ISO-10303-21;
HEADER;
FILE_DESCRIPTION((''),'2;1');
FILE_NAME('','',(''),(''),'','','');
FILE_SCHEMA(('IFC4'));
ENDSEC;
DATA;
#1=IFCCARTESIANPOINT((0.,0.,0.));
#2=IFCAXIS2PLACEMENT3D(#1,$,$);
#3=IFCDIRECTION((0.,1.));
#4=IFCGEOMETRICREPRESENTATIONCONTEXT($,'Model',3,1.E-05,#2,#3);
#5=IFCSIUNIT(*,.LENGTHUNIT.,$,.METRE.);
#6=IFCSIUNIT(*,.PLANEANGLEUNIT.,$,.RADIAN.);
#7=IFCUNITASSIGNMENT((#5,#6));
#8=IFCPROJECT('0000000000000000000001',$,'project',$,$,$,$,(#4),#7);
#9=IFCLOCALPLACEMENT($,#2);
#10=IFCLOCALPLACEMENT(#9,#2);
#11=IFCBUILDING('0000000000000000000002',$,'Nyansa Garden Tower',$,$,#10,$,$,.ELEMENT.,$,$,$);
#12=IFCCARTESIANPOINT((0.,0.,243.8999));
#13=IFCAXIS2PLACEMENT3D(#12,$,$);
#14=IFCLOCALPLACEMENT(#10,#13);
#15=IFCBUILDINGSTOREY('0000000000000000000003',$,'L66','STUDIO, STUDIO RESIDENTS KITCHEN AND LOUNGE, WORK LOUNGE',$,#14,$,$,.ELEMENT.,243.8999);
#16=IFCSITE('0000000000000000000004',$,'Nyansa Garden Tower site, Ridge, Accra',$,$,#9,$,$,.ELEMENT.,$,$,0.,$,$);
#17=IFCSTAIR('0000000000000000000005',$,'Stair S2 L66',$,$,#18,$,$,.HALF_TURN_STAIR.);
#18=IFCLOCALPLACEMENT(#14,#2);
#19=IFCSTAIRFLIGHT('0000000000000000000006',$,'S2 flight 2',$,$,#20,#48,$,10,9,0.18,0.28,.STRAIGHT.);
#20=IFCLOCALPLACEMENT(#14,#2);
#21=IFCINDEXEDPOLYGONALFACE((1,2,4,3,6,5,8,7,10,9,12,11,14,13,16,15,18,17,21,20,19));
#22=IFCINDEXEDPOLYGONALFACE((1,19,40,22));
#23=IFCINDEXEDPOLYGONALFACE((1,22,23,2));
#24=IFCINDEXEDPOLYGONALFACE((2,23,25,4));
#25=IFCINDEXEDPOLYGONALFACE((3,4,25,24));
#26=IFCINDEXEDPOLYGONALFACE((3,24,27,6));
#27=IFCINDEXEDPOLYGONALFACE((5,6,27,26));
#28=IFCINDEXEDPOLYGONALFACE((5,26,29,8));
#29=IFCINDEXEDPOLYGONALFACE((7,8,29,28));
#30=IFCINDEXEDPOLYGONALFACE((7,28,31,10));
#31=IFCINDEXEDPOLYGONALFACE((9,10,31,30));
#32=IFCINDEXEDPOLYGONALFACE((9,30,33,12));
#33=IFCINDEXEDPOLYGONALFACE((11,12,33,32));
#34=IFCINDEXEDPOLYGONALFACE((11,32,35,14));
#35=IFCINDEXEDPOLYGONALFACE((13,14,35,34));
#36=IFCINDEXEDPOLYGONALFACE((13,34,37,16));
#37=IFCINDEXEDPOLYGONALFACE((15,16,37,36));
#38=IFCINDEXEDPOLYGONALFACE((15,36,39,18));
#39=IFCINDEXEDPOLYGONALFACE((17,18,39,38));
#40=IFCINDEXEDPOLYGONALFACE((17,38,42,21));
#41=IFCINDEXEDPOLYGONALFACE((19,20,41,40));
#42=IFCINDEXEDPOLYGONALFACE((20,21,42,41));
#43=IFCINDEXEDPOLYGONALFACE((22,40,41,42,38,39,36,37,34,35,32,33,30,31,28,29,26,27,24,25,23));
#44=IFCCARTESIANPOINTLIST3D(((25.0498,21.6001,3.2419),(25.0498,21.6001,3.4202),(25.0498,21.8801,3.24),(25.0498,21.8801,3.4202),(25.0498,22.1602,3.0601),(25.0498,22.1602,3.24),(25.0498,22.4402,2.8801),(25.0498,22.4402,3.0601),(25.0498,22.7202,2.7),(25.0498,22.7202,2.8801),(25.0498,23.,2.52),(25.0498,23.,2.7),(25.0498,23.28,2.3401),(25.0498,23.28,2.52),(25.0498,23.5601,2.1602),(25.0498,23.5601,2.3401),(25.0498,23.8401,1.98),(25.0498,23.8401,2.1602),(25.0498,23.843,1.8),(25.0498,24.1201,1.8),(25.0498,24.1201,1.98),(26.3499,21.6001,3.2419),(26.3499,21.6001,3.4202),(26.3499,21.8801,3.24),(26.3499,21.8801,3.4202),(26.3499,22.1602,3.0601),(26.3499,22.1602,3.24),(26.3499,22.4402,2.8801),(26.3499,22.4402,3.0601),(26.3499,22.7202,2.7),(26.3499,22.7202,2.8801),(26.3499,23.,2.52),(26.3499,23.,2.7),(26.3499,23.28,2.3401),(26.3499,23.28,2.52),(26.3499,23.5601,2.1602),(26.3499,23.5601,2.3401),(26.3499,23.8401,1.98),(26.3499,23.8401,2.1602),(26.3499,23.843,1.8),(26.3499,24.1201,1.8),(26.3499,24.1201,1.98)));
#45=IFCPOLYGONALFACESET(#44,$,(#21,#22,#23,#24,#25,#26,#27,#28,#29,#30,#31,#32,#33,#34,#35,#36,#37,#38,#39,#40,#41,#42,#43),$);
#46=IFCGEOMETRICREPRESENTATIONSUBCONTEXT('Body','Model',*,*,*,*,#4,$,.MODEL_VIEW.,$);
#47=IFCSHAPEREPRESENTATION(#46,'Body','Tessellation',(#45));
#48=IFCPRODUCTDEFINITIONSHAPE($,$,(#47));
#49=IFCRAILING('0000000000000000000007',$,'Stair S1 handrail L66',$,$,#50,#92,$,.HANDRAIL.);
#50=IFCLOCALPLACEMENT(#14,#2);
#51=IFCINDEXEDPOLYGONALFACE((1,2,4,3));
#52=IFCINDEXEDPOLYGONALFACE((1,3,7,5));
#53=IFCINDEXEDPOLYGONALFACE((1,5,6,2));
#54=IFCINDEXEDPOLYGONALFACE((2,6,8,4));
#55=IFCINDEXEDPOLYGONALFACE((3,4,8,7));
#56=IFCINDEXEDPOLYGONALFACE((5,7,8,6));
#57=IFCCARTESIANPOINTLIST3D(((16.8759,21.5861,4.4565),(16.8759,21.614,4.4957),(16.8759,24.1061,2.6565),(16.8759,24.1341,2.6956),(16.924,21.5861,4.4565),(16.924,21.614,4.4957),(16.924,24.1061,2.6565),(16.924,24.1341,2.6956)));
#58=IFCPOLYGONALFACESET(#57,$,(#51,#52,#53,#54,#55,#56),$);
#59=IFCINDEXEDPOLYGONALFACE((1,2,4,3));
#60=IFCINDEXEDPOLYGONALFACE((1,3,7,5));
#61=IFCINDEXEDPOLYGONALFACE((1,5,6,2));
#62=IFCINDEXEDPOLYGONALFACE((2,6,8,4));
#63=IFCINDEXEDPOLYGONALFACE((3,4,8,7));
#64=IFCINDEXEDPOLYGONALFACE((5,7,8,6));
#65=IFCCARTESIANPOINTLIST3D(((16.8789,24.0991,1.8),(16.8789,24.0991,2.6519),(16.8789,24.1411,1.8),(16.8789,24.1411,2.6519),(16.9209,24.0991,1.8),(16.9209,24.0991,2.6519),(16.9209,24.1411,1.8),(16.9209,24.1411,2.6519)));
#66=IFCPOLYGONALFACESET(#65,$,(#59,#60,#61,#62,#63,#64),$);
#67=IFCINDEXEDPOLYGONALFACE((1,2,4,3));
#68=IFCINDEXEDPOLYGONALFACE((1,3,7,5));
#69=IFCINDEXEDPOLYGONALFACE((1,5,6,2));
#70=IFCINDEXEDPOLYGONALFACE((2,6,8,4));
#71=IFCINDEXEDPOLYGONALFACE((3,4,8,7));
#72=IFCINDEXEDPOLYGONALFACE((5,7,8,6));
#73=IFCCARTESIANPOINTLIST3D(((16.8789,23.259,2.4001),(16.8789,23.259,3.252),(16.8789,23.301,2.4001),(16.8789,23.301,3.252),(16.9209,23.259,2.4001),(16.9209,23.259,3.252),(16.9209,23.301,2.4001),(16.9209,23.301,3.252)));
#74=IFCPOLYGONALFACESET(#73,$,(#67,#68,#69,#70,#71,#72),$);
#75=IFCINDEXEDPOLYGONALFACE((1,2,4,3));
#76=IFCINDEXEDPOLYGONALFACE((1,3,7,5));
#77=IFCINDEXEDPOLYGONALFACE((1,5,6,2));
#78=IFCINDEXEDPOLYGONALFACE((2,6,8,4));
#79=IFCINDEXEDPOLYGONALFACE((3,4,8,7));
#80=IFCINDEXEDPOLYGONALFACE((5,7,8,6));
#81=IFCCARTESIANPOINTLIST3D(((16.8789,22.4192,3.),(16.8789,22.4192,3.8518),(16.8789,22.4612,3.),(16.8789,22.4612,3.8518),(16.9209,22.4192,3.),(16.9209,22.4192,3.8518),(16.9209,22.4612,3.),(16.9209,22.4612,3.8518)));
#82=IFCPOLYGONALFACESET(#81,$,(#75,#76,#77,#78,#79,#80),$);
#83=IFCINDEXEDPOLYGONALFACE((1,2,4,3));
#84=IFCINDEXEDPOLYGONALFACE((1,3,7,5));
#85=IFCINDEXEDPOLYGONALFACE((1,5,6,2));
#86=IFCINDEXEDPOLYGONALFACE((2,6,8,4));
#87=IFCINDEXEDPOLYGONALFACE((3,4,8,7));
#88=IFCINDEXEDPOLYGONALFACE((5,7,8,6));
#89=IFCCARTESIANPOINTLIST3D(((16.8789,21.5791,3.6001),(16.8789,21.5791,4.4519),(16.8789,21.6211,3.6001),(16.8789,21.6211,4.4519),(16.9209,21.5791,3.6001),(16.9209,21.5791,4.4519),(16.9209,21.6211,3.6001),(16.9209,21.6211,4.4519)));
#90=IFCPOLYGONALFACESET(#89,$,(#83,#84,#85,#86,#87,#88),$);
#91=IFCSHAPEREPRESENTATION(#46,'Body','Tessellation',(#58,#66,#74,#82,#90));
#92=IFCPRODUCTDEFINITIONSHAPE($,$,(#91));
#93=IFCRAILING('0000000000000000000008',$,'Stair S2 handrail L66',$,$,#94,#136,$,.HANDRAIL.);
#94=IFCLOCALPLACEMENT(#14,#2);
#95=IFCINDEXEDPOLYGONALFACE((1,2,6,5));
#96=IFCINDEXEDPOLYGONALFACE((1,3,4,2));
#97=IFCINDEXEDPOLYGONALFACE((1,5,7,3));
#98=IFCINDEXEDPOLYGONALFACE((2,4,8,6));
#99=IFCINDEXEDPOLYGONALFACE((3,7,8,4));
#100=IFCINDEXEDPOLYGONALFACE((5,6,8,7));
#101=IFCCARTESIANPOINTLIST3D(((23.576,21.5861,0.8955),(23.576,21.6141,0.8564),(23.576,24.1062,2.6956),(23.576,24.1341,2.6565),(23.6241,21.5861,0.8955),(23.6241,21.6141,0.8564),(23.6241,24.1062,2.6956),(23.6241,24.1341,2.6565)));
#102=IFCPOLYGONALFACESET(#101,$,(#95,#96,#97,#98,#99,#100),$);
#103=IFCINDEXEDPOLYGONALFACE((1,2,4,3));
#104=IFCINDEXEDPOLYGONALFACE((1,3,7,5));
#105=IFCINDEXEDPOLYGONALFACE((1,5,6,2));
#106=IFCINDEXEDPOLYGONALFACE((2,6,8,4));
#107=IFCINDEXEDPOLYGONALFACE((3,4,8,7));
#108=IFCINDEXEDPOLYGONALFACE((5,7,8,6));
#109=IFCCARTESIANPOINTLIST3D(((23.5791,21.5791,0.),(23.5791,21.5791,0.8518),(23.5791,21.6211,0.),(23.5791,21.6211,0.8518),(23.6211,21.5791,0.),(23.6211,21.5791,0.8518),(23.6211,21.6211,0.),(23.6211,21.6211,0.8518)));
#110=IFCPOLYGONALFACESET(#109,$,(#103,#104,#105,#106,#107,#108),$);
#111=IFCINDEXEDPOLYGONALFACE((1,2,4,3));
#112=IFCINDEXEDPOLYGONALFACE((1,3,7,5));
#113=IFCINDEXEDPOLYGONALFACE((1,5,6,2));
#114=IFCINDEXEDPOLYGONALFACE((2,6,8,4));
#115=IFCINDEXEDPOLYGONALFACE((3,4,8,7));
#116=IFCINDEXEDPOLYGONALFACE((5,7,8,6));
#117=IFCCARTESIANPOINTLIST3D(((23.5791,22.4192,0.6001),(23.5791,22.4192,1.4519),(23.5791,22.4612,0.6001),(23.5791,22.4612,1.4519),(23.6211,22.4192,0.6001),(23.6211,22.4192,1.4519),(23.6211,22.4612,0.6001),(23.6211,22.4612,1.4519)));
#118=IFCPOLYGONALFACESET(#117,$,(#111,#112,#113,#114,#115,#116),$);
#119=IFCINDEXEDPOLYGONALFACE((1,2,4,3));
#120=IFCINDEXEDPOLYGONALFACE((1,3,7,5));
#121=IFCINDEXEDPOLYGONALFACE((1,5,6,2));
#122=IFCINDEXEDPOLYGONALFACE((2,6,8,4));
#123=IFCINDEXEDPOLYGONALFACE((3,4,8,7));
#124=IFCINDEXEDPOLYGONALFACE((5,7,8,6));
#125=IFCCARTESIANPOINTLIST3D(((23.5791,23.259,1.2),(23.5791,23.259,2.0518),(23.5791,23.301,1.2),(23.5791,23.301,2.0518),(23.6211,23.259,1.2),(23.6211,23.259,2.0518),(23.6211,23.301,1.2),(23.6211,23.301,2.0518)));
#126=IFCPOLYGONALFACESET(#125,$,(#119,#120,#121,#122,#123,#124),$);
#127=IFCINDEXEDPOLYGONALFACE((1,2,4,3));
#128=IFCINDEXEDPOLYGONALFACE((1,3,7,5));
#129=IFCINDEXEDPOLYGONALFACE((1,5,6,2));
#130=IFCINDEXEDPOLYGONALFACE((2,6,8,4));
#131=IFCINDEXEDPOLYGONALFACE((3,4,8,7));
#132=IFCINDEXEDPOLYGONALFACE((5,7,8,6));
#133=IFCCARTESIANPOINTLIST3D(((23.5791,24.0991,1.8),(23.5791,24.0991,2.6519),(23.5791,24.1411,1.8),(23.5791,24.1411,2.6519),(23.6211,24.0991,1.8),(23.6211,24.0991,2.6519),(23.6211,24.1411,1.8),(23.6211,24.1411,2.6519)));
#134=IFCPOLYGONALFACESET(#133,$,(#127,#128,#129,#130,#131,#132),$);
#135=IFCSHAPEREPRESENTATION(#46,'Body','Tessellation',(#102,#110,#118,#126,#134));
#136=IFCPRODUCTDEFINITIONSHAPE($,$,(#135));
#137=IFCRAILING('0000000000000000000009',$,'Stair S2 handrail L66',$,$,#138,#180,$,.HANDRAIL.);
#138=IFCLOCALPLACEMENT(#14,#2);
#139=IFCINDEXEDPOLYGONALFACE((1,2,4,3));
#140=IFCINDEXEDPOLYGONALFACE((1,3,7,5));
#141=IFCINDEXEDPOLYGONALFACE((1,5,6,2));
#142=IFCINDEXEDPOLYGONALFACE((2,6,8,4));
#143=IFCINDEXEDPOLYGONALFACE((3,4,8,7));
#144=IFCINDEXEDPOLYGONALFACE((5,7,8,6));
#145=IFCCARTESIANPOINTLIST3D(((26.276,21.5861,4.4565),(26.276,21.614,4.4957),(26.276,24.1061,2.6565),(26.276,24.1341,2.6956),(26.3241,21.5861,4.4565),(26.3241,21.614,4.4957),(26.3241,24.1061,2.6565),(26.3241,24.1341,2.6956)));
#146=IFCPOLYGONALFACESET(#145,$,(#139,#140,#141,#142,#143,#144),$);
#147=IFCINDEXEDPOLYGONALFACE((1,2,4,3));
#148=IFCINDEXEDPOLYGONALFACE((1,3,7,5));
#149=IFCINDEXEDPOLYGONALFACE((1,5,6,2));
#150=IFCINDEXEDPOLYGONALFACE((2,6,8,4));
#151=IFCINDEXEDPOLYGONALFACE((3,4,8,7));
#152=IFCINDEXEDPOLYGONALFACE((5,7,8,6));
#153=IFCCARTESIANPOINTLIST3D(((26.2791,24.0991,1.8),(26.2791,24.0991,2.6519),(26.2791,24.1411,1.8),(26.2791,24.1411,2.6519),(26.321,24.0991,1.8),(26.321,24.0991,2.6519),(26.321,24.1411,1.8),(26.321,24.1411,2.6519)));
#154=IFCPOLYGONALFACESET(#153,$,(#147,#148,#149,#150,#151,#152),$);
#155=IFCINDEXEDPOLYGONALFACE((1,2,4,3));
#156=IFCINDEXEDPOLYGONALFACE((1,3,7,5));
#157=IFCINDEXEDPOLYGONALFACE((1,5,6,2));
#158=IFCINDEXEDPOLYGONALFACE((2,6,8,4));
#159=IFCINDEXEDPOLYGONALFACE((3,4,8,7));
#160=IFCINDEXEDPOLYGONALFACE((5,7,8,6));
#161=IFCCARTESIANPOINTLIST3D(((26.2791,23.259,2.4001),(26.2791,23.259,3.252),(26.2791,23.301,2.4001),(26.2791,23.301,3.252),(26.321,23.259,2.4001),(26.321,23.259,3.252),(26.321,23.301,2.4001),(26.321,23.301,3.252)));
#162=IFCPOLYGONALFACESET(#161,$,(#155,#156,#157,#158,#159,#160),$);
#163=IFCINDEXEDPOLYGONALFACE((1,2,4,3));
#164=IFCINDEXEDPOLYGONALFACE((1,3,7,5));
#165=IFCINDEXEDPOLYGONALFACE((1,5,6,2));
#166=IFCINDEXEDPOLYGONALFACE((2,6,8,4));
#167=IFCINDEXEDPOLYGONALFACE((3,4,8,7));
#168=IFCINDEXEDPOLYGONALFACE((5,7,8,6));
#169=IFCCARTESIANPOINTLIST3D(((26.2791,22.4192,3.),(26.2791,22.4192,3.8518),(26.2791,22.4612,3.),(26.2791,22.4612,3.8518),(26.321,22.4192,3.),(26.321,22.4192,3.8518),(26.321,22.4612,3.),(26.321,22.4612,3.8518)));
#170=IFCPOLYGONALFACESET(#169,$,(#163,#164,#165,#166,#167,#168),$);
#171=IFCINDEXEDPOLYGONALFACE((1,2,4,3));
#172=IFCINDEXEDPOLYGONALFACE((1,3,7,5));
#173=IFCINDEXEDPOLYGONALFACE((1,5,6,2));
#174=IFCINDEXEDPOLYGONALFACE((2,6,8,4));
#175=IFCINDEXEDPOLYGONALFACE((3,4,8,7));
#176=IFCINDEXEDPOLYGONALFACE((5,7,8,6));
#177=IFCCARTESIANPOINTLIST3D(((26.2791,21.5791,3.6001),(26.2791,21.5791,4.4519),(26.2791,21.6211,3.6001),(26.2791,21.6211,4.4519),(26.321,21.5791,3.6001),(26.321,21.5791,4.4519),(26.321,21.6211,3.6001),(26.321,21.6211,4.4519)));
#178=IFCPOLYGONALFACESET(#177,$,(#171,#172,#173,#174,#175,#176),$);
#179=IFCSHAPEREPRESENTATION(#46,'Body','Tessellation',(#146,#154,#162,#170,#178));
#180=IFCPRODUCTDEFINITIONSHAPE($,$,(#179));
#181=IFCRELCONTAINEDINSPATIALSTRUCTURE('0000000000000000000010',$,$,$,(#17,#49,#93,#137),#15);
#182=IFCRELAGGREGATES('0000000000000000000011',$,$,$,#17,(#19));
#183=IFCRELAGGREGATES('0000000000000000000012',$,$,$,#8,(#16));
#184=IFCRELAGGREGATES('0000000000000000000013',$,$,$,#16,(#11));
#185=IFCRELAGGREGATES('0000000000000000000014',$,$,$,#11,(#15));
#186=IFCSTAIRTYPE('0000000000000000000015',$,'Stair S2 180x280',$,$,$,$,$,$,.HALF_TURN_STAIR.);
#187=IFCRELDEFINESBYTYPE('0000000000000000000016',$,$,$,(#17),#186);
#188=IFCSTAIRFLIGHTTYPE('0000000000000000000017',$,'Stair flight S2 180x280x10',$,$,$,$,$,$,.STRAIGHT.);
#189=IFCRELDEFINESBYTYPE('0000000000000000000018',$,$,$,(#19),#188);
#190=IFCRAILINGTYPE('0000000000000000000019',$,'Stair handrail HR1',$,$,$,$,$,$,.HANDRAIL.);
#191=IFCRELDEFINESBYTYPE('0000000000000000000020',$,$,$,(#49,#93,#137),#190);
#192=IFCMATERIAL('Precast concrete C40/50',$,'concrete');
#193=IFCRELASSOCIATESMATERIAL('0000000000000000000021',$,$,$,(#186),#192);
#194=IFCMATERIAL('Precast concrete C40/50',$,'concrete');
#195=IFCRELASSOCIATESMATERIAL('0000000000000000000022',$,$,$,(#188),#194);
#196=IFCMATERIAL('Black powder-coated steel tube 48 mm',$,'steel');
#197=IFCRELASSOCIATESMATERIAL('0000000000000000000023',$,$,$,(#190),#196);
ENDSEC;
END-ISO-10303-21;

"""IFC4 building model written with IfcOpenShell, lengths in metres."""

from ifc_helpers import new_model, si_unit, direction, frame, origin, origin_2d, place, context, subcontext, project, spatial, polyline, rectangle, outline, extrude, material, type_object, element, aggregate, save


model = new_model("IFC4")

# Units and contexts
model_context = context("Model", 3, precision=1e-05, world=origin(), true_north=direction((0.0, 1.0)))
body_context = subcontext(model_context, "Body", "Model", "MODEL_VIEW")
ifc_project = project(units=[si_unit("LENGTHUNIT", "METRE"), si_unit("PLANEANGLEUNIT", "RADIAN")], contexts=[model_context])

# Site, building, storey
site_placement = place(None, origin())
site = spatial("IfcSite", under=ifc_project, at=site_placement, Name="Nyansa Garden Tower site, Ridge, Accra", CompositionType="ELEMENT", RefElevation=0.0)
building_placement = place(site_placement, origin())
building = spatial("IfcBuilding", under=site, at=building_placement, Name="Nyansa Garden Tower", CompositionType="ELEMENT")
storey_placement = place(building_placement, frame((0.0, 0.0, 243.8999)))
storey = spatial("IfcBuildingStorey", under=building, at=storey_placement, Name="L66", Description="STUDIO, STUDIO RESIDENTS KITCHEN AND LOUNGE, WORK LOUNGE", CompositionType="ELEMENT", Elevation=243.8999)

# Stair, stair flight
ifc_material_1 = material(Name="Precast concrete C40/50", Category="concrete")
stair_type = type_object("IfcStairType", Name="Stair S2 180x280", PredefinedType="HALF_TURN_STAIR", material=ifc_material_1)
stair_placement = place(storey_placement, origin())
stair = element("IfcStair", 1, at=stair_placement, inside=storey, type_object=stair_type, Name="Stair S2 L66", PredefinedType="HALF_TURN_STAIR")
ifc_material_2 = material(Name="Precast concrete C40/50", Category="concrete")
stair_flight_type = type_object("IfcStairFlightType", Name="Stair flight S2 180x280x10", PredefinedType="STRAIGHT", material=ifc_material_2)
stair_flight_1_placement = place(storey_placement, frame((25.7, 24.1201, 1.8), z_axis=(0.0, 0.0, 1.0), x_axis=(0.0, -1.0, 0.0)))
stair_flight_1 = element("IfcStairFlight", 2, at=stair_flight_1_placement, type_object=stair_flight_type, Name="S2 flight 2", NumberOfRisers=10, NumberOfTreads=9, PredefinedType="STRAIGHT", RiserHeight=0.18, TreadLength=0.28, context=body_context, shape_type="SweptSolid", body=[
    extrude(outline(polyline([(0.0, 0.0), (0.0, 0.1799), (0.28, 0.1799), (0.28, 0.3601), (0.5601, 0.3601), (0.5601, 0.54), (0.8401, 0.54), (0.8401, 0.72), (1.1201, 0.72), (1.1201, 0.8999), (1.3999, 0.8999), (1.3999, 1.0801), (1.6799, 1.0801), (1.6799, 1.26), (1.96, 1.26), (1.96, 1.4399), (2.24, 1.4399), (2.24, 1.6201), (2.52, 1.6201), (2.52, 1.8), (2.52, 1.4419), (0.2771, 0.0), (0.0, 0.0)])), frame((0.0, 0.6499, 0.0), z_axis=(0.0, -1.0, 0.0), x_axis=(1.0, 0.0, 0.0)), (0.0, 0.0, 1.0), 1.3),
])
aggregate(stair, [stair_flight_1])

# Railings
ifc_material_3 = material(Name="Black powder-coated steel tube 48 mm", Category="steel")
railing_type = type_object("IfcRailingType", Name="Stair handrail HR1", PredefinedType="HANDRAIL", material=ifc_material_3)
railing_1_placement = place(storey_placement, frame((16.8999, 24.1201, 1.8)))
element("IfcRailing", 3, at=railing_1_placement, inside=storey, type_object=railing_type, Name="Stair S1 handrail L66", PredefinedType="HANDRAIL", context=body_context, shape_type="SweptSolid", body=[
    extrude(rectangle(XDim=0.0481, YDim=0.0481, at=origin_2d()), frame((0.0, 0.0, 0.876), z_axis=(0.0, -0.813728, 0.581246), x_axis=(1.0, 0.0, 0.0)), (0.0, 0.0, 1.0), 3.0969),
    extrude(rectangle(XDim=0.042, YDim=0.042, at=origin_2d()), origin(), (0.0, 0.0, 1.0), 0.8518),
    extrude(rectangle(XDim=0.042, YDim=0.042, at=origin_2d()), frame((0.0, -0.8401, 0.6001)), (0.0, 0.0, 1.0), 0.8518),
    extrude(rectangle(XDim=0.042, YDim=0.042, at=origin_2d()), frame((0.0, -1.6799, 1.2)), (0.0, 0.0, 1.0), 0.8518),
    extrude(rectangle(XDim=0.042, YDim=0.042, at=origin_2d()), frame((0.0, -2.52, 1.8)), (0.0, 0.0, 1.0), 0.8518),
])
railing_2_placement = place(storey_placement, frame((23.6001, 21.6001, 0.0)))
element("IfcRailing", 4, at=railing_2_placement, inside=storey, type_object=railing_type, Name="Stair S2 handrail L66", PredefinedType="HANDRAIL", context=body_context, shape_type="SweptSolid", body=[
    extrude(rectangle(XDim=0.0481, YDim=0.0481, at=origin_2d()), frame((0.0, 0.0, 0.876), z_axis=(0.0, 0.813728, 0.581246), x_axis=(-1.0, 0.0, 0.0)), (0.0, 0.0, 1.0), 3.0969),
    extrude(rectangle(XDim=0.042, YDim=0.042, at=origin_2d()), origin(), (0.0, 0.0, 1.0), 0.8518),
    extrude(rectangle(XDim=0.042, YDim=0.042, at=origin_2d()), frame((0.0, 0.8401, 0.6001)), (0.0, 0.0, 1.0), 0.8518),
    extrude(rectangle(XDim=0.042, YDim=0.042, at=origin_2d()), frame((0.0, 1.6799, 1.2)), (0.0, 0.0, 1.0), 0.8518),
    extrude(rectangle(XDim=0.042, YDim=0.042, at=origin_2d()), frame((0.0, 2.52, 1.8)), (0.0, 0.0, 1.0), 0.8518),
])
railing_3_placement = place(storey_placement, frame((26.3, 24.1201, 1.8)))
element("IfcRailing", 5, at=railing_3_placement, inside=storey, type_object=railing_type, Name="Stair S2 handrail L66", PredefinedType="HANDRAIL", context=body_context, shape_type="SweptSolid", body=[
    extrude(rectangle(XDim=0.0481, YDim=0.0481, at=origin_2d()), frame((0.0, 0.0, 0.876), z_axis=(0.0, -0.813728, 0.581246), x_axis=(1.0, 0.0, 0.0)), (0.0, 0.0, 1.0), 3.0969),
    extrude(rectangle(XDim=0.042, YDim=0.042, at=origin_2d()), origin(), (0.0, 0.0, 1.0), 0.8518),
    extrude(rectangle(XDim=0.042, YDim=0.042, at=origin_2d()), frame((0.0, -0.8401, 0.6001)), (0.0, 0.0, 1.0), 0.8518),
    extrude(rectangle(XDim=0.042, YDim=0.042, at=origin_2d()), frame((0.0, -1.6799, 1.2)), (0.0, 0.0, 1.0), 0.8518),
    extrude(rectangle(XDim=0.042, YDim=0.042, at=origin_2d()), frame((0.0, -2.52, 1.8)), (0.0, 0.0, 1.0), 0.8518),
])

save(model, "model.ifc")
